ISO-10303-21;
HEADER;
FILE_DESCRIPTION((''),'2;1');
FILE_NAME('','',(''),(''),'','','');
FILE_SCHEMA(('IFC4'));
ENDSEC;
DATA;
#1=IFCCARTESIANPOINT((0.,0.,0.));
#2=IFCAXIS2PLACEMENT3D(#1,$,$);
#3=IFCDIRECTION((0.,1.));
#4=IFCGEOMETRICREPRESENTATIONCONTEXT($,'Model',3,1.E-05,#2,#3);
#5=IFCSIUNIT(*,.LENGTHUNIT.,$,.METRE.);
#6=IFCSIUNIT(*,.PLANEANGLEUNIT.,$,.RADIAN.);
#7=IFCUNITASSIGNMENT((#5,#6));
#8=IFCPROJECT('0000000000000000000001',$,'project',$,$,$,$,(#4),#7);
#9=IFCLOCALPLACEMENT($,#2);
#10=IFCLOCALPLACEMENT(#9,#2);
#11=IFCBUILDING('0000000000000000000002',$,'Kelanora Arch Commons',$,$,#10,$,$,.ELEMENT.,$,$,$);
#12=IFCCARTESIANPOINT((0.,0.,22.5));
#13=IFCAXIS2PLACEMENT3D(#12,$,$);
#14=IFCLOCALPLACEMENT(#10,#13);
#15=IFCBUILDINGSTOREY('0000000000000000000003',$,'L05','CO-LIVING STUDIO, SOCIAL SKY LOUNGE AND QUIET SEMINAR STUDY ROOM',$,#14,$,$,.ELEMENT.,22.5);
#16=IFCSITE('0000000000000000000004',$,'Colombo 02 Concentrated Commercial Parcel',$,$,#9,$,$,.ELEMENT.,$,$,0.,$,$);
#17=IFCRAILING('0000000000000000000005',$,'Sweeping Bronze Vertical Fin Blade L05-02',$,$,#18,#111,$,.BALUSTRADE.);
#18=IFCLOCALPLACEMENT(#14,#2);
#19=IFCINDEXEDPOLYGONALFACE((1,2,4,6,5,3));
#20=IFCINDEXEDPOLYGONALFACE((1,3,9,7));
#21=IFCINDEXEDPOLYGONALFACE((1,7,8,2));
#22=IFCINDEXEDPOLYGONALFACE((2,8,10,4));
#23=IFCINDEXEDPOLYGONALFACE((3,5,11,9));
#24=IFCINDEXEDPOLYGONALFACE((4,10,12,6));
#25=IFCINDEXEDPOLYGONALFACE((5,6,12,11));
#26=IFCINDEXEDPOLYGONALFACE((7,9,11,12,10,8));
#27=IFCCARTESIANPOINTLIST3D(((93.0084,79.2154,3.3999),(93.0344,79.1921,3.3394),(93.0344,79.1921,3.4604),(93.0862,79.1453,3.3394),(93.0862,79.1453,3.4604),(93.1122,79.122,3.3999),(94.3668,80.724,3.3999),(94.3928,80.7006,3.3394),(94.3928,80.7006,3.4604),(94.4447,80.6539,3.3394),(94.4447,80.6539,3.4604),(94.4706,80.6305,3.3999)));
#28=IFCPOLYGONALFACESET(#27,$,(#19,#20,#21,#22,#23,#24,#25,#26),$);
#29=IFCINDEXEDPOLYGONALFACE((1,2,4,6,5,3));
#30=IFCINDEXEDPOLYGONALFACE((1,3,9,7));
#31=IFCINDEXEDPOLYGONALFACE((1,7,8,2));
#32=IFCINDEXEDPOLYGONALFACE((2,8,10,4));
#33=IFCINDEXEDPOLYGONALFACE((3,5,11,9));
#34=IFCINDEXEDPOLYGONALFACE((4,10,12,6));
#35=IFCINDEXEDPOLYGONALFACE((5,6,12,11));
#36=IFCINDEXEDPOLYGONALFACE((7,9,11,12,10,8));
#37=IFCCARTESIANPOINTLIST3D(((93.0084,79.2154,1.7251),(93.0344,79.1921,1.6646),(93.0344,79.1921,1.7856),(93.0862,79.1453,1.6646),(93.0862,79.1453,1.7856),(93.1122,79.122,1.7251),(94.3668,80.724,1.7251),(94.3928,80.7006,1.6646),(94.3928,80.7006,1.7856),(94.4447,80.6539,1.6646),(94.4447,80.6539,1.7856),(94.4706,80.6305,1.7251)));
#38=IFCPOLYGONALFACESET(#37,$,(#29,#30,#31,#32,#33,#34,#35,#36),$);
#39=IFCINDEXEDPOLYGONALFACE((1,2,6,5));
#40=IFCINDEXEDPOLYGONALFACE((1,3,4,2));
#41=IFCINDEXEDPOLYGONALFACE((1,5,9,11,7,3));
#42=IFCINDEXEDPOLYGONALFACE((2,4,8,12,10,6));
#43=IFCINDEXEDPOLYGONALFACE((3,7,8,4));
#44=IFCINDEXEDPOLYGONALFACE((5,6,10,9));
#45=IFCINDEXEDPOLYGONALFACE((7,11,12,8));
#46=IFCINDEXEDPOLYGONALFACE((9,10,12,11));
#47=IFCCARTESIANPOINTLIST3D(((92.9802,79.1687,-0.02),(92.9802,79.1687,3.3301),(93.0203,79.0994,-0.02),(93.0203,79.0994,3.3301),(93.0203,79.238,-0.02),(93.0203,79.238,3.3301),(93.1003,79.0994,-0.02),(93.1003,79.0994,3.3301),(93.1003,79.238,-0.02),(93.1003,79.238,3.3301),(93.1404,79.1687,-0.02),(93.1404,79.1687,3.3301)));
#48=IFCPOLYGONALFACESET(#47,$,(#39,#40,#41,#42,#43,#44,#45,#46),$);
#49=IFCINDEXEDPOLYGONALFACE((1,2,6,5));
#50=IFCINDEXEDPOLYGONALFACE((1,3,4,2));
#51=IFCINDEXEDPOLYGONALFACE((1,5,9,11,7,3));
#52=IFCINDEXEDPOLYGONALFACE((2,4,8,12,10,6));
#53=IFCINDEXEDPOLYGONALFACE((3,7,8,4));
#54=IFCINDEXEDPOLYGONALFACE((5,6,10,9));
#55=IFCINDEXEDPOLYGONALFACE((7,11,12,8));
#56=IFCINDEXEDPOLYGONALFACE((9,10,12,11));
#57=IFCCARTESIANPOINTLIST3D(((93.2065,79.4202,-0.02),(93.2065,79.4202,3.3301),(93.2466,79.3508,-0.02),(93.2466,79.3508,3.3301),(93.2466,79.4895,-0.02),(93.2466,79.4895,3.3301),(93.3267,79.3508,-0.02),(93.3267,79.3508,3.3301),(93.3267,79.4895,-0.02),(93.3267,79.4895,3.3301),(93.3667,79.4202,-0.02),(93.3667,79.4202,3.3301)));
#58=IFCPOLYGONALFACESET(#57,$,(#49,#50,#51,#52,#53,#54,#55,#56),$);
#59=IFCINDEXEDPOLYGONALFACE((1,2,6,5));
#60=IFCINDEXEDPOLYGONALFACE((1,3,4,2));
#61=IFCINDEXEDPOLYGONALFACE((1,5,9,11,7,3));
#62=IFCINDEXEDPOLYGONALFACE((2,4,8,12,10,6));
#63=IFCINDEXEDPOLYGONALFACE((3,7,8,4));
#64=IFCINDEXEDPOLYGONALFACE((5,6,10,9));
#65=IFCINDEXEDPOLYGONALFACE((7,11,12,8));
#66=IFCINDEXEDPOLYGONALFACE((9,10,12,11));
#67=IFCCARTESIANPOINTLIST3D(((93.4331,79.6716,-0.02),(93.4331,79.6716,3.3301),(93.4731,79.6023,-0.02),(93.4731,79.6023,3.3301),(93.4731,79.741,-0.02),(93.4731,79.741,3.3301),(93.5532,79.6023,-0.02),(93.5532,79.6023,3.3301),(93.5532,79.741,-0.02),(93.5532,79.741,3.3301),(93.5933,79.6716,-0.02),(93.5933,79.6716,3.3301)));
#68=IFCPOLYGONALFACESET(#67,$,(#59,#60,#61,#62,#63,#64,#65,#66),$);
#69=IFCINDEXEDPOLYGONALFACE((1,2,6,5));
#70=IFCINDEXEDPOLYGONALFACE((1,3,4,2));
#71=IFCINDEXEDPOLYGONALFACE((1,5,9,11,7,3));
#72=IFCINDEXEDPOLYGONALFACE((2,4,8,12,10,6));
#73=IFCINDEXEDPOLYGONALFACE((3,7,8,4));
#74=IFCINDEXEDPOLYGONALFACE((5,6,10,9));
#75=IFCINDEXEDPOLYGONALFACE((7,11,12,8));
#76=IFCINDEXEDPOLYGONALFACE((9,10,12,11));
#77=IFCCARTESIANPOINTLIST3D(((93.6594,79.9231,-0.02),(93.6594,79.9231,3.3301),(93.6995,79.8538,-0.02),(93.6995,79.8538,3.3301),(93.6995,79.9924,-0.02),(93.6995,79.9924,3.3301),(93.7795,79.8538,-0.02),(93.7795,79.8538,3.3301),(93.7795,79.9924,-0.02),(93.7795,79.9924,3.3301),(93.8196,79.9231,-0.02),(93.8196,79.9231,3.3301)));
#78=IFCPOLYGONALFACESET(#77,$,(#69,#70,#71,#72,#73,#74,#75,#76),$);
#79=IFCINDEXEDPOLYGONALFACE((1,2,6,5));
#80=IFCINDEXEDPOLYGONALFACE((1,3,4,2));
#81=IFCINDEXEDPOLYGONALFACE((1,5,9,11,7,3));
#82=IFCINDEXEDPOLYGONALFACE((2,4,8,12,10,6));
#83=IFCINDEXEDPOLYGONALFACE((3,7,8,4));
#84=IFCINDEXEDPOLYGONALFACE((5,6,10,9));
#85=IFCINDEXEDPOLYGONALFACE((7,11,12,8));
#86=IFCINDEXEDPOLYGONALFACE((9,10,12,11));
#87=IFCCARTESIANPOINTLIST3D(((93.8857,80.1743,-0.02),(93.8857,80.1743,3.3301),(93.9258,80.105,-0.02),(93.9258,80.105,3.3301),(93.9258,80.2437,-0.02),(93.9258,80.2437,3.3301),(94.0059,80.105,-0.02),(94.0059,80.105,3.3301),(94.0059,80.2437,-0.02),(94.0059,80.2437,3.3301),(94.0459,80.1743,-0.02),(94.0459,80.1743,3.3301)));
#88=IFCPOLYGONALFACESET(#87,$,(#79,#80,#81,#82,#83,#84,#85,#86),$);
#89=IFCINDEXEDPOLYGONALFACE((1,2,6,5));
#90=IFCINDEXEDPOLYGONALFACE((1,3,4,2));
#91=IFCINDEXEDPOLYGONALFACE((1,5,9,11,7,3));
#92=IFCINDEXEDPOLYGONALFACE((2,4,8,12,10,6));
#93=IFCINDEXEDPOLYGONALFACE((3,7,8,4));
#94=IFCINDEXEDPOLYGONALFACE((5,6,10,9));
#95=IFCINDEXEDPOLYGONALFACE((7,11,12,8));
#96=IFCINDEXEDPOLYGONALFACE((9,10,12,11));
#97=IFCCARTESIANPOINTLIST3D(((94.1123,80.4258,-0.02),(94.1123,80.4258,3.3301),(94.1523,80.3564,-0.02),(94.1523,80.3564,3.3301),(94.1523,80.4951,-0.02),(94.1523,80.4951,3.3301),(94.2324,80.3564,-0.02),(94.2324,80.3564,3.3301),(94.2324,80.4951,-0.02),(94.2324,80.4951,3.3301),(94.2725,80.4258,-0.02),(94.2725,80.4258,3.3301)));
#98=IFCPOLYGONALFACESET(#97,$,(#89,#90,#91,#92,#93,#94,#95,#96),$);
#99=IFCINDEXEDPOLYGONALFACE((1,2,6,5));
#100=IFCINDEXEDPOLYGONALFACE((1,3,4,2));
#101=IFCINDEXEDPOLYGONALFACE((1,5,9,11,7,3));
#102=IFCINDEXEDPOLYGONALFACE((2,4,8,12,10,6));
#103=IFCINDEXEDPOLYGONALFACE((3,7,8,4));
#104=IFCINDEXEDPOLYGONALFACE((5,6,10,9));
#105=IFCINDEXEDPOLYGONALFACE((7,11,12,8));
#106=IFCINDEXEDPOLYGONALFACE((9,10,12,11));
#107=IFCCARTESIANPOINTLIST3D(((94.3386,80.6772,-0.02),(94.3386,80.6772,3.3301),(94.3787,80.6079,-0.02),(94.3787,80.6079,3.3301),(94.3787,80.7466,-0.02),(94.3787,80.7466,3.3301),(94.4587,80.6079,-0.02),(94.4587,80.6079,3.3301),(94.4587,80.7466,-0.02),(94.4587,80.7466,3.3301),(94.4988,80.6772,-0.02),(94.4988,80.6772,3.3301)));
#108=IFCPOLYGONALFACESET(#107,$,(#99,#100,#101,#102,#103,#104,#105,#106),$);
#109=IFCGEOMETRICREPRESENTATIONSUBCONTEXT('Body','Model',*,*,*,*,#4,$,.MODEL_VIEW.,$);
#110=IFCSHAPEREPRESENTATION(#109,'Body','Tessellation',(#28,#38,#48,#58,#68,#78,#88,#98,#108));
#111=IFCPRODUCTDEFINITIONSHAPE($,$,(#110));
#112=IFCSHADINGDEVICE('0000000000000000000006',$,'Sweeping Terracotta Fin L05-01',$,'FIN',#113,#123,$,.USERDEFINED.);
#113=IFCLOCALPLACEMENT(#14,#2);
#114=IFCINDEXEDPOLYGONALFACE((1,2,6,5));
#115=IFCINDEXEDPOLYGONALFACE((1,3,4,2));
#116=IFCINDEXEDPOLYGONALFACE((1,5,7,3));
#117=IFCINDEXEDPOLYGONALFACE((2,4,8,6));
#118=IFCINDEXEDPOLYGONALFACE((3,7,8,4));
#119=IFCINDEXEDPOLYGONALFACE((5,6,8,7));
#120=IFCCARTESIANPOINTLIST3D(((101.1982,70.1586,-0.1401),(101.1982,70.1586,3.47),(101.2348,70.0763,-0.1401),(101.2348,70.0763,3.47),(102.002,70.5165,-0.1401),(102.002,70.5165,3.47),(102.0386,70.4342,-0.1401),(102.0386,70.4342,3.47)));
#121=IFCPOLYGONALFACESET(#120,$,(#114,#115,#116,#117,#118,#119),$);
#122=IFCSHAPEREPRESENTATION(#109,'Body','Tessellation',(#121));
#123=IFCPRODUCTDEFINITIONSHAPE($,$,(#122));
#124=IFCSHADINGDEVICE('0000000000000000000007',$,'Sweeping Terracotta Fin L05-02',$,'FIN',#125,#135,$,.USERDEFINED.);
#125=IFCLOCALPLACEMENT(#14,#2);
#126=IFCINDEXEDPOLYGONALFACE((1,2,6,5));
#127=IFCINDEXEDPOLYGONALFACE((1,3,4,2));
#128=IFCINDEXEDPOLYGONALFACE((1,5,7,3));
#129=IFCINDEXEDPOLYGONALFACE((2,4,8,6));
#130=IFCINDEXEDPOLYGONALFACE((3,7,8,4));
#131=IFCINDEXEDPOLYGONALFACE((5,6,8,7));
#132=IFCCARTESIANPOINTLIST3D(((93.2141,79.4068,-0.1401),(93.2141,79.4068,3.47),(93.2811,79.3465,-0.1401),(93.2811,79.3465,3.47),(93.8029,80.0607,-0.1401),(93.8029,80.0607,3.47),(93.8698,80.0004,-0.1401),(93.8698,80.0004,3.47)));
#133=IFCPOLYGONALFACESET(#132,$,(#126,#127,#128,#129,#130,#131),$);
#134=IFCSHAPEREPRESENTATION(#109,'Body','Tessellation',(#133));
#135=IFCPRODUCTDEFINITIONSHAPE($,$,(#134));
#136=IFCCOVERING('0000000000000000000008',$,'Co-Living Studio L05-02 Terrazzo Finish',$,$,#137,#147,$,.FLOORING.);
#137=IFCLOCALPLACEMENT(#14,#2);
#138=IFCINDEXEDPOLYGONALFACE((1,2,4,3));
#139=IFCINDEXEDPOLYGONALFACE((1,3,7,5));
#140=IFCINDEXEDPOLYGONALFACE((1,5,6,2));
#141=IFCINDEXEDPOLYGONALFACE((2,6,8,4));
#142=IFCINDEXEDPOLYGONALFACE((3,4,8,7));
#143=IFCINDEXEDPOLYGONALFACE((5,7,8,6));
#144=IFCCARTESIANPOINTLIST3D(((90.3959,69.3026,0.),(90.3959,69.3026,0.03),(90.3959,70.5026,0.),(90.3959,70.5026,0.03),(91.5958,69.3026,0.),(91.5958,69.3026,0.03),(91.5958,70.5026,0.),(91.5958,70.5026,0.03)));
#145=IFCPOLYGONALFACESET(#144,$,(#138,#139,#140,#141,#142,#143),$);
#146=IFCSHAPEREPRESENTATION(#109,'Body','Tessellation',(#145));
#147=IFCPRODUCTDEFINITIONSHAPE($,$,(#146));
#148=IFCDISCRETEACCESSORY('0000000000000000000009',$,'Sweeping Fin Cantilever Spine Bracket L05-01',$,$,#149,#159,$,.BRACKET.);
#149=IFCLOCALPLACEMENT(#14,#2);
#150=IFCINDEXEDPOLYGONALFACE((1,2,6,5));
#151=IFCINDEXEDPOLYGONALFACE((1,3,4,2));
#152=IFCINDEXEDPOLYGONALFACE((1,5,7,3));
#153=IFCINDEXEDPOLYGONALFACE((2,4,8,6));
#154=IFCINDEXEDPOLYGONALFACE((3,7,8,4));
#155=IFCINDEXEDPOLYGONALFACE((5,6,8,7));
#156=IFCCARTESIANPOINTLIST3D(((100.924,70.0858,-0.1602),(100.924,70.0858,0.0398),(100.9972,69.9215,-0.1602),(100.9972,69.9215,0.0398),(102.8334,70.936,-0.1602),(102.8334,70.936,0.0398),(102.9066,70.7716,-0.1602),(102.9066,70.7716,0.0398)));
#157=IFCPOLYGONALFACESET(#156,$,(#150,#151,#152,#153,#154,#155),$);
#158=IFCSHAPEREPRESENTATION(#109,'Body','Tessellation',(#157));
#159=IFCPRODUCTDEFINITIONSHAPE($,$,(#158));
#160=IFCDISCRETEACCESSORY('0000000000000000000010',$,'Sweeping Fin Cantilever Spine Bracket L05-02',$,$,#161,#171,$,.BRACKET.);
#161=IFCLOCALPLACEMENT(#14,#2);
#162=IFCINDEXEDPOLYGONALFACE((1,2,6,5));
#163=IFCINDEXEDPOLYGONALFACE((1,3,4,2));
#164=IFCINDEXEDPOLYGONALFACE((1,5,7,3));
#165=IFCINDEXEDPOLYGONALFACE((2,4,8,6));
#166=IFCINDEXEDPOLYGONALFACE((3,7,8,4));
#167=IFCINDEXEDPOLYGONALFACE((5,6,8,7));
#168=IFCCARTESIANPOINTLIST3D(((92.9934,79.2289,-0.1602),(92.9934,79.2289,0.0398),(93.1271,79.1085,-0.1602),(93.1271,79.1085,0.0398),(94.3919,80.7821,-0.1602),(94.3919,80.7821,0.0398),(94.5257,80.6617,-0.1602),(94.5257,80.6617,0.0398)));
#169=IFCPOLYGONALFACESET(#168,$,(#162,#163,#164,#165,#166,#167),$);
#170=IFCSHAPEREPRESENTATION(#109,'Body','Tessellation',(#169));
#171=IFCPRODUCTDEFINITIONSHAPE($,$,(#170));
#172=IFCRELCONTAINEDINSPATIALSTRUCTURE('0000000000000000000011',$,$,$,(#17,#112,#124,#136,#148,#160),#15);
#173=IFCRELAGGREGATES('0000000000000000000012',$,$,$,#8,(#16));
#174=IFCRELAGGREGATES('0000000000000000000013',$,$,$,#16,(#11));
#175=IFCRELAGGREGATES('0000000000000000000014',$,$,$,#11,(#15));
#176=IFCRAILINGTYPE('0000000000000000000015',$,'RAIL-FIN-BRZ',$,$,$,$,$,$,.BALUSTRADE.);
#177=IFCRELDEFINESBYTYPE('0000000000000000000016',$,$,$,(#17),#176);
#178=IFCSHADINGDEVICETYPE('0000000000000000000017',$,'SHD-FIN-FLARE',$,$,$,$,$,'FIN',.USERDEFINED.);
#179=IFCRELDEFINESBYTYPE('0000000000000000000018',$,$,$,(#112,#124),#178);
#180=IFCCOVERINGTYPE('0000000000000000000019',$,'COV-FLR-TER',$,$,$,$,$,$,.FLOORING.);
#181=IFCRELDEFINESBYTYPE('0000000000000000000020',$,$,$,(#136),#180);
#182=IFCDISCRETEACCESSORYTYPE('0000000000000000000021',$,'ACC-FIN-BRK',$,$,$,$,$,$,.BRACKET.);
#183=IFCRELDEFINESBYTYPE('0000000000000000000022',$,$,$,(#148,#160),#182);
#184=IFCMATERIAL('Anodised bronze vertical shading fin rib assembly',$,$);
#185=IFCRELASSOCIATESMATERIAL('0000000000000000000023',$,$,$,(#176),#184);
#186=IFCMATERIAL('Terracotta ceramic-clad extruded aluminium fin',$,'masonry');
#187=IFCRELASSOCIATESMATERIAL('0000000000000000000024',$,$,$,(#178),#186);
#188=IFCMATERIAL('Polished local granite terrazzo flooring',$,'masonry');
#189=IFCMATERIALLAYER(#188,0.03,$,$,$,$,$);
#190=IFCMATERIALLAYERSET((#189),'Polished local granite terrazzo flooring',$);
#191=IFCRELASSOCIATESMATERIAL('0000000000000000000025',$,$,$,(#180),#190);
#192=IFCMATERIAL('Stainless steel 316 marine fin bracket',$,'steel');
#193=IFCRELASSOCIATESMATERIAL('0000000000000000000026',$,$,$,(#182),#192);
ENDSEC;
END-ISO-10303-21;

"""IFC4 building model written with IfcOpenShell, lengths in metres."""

from ifc_helpers import new_model, si_unit, direction, frame, origin, origin_2d, place, context, subcontext, project, spatial, polyline, rectangle, outline, extrude, source, transform, mapped, material, layer, layer_set, type_object, element, save


model = new_model("IFC4")

# Units and contexts
model_context = context("Model", 3, precision=1e-05, world=origin(), true_north=direction((0.0, 1.0)))
body_context = subcontext(model_context, "Body", "Model", "MODEL_VIEW")
ifc_project = project(units=[si_unit("LENGTHUNIT", "METRE"), si_unit("PLANEANGLEUNIT", "RADIAN")], contexts=[model_context])

# Site, building, storey
site_placement = place(None, origin())
site = spatial("IfcSite", under=ifc_project, at=site_placement, Name="Colombo 02 Concentrated Commercial Parcel", CompositionType="ELEMENT", RefElevation=0.0)
building_placement = place(site_placement, origin())
building = spatial("IfcBuilding", under=site, at=building_placement, Name="Kelanora Arch Commons", CompositionType="ELEMENT")
storey_placement = place(building_placement, frame((0.0, 0.0, 22.5)))
storey = spatial("IfcBuildingStorey", under=building, at=storey_placement, Name="L05", Description="CO-LIVING STUDIO, SOCIAL SKY LOUNGE AND QUIET SEMINAR STUDY ROOM", CompositionType="ELEMENT", Elevation=22.5)

# Railing
ifc_material_1 = material(Name="Anodised bronze vertical shading fin rib assembly")
railing_type = type_object("IfcRailingType", Name="RAIL-FIN-BRZ", PredefinedType="BALUSTRADE", material=ifc_material_1)
railing_1_placement = place(storey_placement, frame((93.0603, 79.1687, -0.02)))
element("IfcRailing", 1, at=railing_1_placement, inside=storey, type_object=railing_type, Name="Sweeping Bronze Vertical Fin Blade L05-02", PredefinedType="BALUSTRADE", context=body_context, shape_type="SweptSolid", body=[
    extrude(outline(polyline([(0.0698, 0.0), (0.0349, 0.0605), (-0.0349, 0.0605), (-0.0698, 0.0), (-0.0349, -0.0605), (0.0349, -0.0605), (0.0698, 0.0)])), frame((0.0, 0.0, 3.4199), z_axis=(0.669157, 0.743121, 0.0), x_axis=(-0.743121, 0.669157, 0.0)), (0.0, 0.0, 1.0), 2.03),
    extrude(outline(polyline([(0.0698, 0.0), (0.0349, 0.0605), (-0.0349, 0.0605), (-0.0698, 0.0), (-0.0349, -0.0605), (0.0349, -0.0605), (0.0698, 0.0)])), frame((0.0, 0.0, 1.7451), z_axis=(0.669157, 0.743121, 0.0), x_axis=(-0.743121, 0.669157, 0.0)), (0.0, 0.0, 1.0), 2.03),
    extrude(outline(polyline([(0.0801, 0.0), (0.04, 0.0693), (-0.04, 0.0693), (-0.0801, 0.0), (-0.04, -0.0693), (0.04, -0.0693), (0.0801, 0.0)])), origin(), (0.0, 0.0, 1.0), 3.3501),
    extrude(outline(polyline([(0.0801, 0.0), (0.04, 0.0693), (-0.04, 0.0693), (-0.0801, 0.0), (-0.04, -0.0693), (0.04, -0.0693), (0.0801, 0.0)])), frame((0.2263, 0.2515, 0.0)), (0.0, 0.0, 1.0), 3.3501),
    extrude(outline(polyline([(0.0801, 0.0), (0.04, 0.0693), (-0.04, 0.0693), (-0.0801, 0.0), (-0.04, -0.0693), (0.04, -0.0693), (0.0801, 0.0)])), frame((0.4529, 0.5029, 0.0)), (0.0, 0.0, 1.0), 3.3501),
    extrude(outline(polyline([(0.0801, 0.0), (0.04, 0.0693), (-0.04, 0.0693), (-0.0801, 0.0), (-0.04, -0.0693), (0.04, -0.0693), (0.0801, 0.0)])), frame((0.6792, 0.7544, 0.0)), (0.0, 0.0, 1.0), 3.3501),
    extrude(outline(polyline([(0.0801, 0.0), (0.04, 0.0693), (-0.04, 0.0693), (-0.0801, 0.0), (-0.04, -0.0693), (0.04, -0.0693), (0.0801, 0.0)])), frame((0.9055, 1.0056, 0.0)), (0.0, 0.0, 1.0), 3.3501),
    extrude(outline(polyline([(0.0801, 0.0), (0.04, 0.0693), (-0.04, 0.0693), (-0.0801, 0.0), (-0.04, -0.0693), (0.04, -0.0693), (0.0801, 0.0)])), frame((1.1321, 1.2571, 0.0)), (0.0, 0.0, 1.0), 3.3501),
    extrude(outline(polyline([(0.0801, 0.0), (0.04, 0.0693), (-0.04, 0.0693), (-0.0801, 0.0), (-0.04, -0.0693), (0.04, -0.0693), (0.0801, 0.0)])), frame((1.3584, 1.5085, 0.0)), (0.0, 0.0, 1.0), 3.3501),
])

# Shading devices
ifc_material_2 = material(Name="Terracotta ceramic-clad extruded aluminium fin", Category="masonry")
shading_device_type = type_object("IfcShadingDeviceType", Name="SHD-FIN-FLARE", ElementType="FIN", PredefinedType="USERDEFINED", material=ifc_material_2)
shared_shape_1 = source(origin(), body_context, "Body", "SweptSolid", [
    extrude(rectangle(XDim=0.8799, YDim=0.0901, at=origin_2d()), origin(), (0.0, 0.0, 1.0), 3.6101),
])
for number, where, z_axis, x_axis, name in (
    (2, (101.6184, 70.2964, -0.1401), (0.0, 0.0, 1.0), (0.913545, 0.406737, 0.0), "Sweeping Terracotta Fin L05-01"),
    (3, (93.542, 79.7036, -0.1401), (0.0, 0.0, 1.0), (0.669131, 0.743145, 0.0), "Sweeping Terracotta Fin L05-02"),
):
    element("IfcShadingDevice", number, at=place(storey_placement, frame(where, z_axis=z_axis, x_axis=x_axis)), inside=storey, type_object=shading_device_type, Name=name, ObjectType="FIN", PredefinedType="USERDEFINED", context=body_context, shape_type="MappedRepresentation", body=[
        mapped(shared_shape_1, transform((0.0, 0.0, 0.0), scale=1.0)),
    ])

# Covering
ifc_material_3 = material(Name="Polished local granite terrazzo flooring", Category="masonry")
ifc_layer_1 = layer(ifc_material_3, 0.03)
ifc_layer_set_1 = layer_set([ifc_layer_1], Name="Polished local granite terrazzo flooring")
covering_type = type_object("IfcCoveringType", Name="COV-FLR-TER", PredefinedType="FLOORING", material=ifc_layer_set_1)
shared_shape_2 = source(origin(), body_context, "Body", "SweptSolid", [
    extrude(rectangle(XDim=1.2, YDim=1.2, at=origin_2d()), origin(), (0.0, 0.0, 1.0), 0.03),
])
covering_placement = place(storey_placement, frame((90.9958, 69.9026, 0.0), z_axis=(0.0, 0.0, 1.0), x_axis=(1.0, 0.0, 0.0)))
element("IfcCovering", 4, at=covering_placement, inside=storey, type_object=covering_type, Name="Co-Living Studio L05-02 Terrazzo Finish", PredefinedType="FLOORING", context=body_context, shape_type="MappedRepresentation", body=[
    mapped(shared_shape_2, transform((0.0, 0.0, 0.0), scale=1.0)),
])

# Discrete accessories
ifc_material_4 = material(Name="Stainless steel 316 marine fin bracket", Category="steel")
discrete_accessory_type = type_object("IfcDiscreteAccessoryType", Name="ACC-FIN-BRK", PredefinedType="BRACKET", material=ifc_material_4)
shared_shape_3 = source(origin(), body_context, "Body", "SweptSolid", [
    extrude(rectangle(XDim=2.0901, YDim=0.1799, at=origin_2d()), origin(), (0.0, 0.0, 1.0), 0.2),
])
for number, where, z_axis, x_axis, name in (
    (5, (101.9153, 70.4287, -0.1602), (0.0, 0.0, 1.0), (0.913545, 0.406737, 0.0), "Sweeping Fin Cantilever Spine Bracket L05-01"),
    (6, (93.7595, 79.9453, -0.1602), (0.0, 0.0, 1.0), (0.669131, 0.743145, 0.0), "Sweeping Fin Cantilever Spine Bracket L05-02"),
):
    element("IfcDiscreteAccessory", number, at=place(storey_placement, frame(where, z_axis=z_axis, x_axis=x_axis)), inside=storey, type_object=discrete_accessory_type, Name=name, PredefinedType="BRACKET", context=body_context, shape_type="MappedRepresentation", body=[
        mapped(shared_shape_3, transform((0.0, 0.0, 0.0), scale=1.0)),
    ])

save(model, "model.ifc")
